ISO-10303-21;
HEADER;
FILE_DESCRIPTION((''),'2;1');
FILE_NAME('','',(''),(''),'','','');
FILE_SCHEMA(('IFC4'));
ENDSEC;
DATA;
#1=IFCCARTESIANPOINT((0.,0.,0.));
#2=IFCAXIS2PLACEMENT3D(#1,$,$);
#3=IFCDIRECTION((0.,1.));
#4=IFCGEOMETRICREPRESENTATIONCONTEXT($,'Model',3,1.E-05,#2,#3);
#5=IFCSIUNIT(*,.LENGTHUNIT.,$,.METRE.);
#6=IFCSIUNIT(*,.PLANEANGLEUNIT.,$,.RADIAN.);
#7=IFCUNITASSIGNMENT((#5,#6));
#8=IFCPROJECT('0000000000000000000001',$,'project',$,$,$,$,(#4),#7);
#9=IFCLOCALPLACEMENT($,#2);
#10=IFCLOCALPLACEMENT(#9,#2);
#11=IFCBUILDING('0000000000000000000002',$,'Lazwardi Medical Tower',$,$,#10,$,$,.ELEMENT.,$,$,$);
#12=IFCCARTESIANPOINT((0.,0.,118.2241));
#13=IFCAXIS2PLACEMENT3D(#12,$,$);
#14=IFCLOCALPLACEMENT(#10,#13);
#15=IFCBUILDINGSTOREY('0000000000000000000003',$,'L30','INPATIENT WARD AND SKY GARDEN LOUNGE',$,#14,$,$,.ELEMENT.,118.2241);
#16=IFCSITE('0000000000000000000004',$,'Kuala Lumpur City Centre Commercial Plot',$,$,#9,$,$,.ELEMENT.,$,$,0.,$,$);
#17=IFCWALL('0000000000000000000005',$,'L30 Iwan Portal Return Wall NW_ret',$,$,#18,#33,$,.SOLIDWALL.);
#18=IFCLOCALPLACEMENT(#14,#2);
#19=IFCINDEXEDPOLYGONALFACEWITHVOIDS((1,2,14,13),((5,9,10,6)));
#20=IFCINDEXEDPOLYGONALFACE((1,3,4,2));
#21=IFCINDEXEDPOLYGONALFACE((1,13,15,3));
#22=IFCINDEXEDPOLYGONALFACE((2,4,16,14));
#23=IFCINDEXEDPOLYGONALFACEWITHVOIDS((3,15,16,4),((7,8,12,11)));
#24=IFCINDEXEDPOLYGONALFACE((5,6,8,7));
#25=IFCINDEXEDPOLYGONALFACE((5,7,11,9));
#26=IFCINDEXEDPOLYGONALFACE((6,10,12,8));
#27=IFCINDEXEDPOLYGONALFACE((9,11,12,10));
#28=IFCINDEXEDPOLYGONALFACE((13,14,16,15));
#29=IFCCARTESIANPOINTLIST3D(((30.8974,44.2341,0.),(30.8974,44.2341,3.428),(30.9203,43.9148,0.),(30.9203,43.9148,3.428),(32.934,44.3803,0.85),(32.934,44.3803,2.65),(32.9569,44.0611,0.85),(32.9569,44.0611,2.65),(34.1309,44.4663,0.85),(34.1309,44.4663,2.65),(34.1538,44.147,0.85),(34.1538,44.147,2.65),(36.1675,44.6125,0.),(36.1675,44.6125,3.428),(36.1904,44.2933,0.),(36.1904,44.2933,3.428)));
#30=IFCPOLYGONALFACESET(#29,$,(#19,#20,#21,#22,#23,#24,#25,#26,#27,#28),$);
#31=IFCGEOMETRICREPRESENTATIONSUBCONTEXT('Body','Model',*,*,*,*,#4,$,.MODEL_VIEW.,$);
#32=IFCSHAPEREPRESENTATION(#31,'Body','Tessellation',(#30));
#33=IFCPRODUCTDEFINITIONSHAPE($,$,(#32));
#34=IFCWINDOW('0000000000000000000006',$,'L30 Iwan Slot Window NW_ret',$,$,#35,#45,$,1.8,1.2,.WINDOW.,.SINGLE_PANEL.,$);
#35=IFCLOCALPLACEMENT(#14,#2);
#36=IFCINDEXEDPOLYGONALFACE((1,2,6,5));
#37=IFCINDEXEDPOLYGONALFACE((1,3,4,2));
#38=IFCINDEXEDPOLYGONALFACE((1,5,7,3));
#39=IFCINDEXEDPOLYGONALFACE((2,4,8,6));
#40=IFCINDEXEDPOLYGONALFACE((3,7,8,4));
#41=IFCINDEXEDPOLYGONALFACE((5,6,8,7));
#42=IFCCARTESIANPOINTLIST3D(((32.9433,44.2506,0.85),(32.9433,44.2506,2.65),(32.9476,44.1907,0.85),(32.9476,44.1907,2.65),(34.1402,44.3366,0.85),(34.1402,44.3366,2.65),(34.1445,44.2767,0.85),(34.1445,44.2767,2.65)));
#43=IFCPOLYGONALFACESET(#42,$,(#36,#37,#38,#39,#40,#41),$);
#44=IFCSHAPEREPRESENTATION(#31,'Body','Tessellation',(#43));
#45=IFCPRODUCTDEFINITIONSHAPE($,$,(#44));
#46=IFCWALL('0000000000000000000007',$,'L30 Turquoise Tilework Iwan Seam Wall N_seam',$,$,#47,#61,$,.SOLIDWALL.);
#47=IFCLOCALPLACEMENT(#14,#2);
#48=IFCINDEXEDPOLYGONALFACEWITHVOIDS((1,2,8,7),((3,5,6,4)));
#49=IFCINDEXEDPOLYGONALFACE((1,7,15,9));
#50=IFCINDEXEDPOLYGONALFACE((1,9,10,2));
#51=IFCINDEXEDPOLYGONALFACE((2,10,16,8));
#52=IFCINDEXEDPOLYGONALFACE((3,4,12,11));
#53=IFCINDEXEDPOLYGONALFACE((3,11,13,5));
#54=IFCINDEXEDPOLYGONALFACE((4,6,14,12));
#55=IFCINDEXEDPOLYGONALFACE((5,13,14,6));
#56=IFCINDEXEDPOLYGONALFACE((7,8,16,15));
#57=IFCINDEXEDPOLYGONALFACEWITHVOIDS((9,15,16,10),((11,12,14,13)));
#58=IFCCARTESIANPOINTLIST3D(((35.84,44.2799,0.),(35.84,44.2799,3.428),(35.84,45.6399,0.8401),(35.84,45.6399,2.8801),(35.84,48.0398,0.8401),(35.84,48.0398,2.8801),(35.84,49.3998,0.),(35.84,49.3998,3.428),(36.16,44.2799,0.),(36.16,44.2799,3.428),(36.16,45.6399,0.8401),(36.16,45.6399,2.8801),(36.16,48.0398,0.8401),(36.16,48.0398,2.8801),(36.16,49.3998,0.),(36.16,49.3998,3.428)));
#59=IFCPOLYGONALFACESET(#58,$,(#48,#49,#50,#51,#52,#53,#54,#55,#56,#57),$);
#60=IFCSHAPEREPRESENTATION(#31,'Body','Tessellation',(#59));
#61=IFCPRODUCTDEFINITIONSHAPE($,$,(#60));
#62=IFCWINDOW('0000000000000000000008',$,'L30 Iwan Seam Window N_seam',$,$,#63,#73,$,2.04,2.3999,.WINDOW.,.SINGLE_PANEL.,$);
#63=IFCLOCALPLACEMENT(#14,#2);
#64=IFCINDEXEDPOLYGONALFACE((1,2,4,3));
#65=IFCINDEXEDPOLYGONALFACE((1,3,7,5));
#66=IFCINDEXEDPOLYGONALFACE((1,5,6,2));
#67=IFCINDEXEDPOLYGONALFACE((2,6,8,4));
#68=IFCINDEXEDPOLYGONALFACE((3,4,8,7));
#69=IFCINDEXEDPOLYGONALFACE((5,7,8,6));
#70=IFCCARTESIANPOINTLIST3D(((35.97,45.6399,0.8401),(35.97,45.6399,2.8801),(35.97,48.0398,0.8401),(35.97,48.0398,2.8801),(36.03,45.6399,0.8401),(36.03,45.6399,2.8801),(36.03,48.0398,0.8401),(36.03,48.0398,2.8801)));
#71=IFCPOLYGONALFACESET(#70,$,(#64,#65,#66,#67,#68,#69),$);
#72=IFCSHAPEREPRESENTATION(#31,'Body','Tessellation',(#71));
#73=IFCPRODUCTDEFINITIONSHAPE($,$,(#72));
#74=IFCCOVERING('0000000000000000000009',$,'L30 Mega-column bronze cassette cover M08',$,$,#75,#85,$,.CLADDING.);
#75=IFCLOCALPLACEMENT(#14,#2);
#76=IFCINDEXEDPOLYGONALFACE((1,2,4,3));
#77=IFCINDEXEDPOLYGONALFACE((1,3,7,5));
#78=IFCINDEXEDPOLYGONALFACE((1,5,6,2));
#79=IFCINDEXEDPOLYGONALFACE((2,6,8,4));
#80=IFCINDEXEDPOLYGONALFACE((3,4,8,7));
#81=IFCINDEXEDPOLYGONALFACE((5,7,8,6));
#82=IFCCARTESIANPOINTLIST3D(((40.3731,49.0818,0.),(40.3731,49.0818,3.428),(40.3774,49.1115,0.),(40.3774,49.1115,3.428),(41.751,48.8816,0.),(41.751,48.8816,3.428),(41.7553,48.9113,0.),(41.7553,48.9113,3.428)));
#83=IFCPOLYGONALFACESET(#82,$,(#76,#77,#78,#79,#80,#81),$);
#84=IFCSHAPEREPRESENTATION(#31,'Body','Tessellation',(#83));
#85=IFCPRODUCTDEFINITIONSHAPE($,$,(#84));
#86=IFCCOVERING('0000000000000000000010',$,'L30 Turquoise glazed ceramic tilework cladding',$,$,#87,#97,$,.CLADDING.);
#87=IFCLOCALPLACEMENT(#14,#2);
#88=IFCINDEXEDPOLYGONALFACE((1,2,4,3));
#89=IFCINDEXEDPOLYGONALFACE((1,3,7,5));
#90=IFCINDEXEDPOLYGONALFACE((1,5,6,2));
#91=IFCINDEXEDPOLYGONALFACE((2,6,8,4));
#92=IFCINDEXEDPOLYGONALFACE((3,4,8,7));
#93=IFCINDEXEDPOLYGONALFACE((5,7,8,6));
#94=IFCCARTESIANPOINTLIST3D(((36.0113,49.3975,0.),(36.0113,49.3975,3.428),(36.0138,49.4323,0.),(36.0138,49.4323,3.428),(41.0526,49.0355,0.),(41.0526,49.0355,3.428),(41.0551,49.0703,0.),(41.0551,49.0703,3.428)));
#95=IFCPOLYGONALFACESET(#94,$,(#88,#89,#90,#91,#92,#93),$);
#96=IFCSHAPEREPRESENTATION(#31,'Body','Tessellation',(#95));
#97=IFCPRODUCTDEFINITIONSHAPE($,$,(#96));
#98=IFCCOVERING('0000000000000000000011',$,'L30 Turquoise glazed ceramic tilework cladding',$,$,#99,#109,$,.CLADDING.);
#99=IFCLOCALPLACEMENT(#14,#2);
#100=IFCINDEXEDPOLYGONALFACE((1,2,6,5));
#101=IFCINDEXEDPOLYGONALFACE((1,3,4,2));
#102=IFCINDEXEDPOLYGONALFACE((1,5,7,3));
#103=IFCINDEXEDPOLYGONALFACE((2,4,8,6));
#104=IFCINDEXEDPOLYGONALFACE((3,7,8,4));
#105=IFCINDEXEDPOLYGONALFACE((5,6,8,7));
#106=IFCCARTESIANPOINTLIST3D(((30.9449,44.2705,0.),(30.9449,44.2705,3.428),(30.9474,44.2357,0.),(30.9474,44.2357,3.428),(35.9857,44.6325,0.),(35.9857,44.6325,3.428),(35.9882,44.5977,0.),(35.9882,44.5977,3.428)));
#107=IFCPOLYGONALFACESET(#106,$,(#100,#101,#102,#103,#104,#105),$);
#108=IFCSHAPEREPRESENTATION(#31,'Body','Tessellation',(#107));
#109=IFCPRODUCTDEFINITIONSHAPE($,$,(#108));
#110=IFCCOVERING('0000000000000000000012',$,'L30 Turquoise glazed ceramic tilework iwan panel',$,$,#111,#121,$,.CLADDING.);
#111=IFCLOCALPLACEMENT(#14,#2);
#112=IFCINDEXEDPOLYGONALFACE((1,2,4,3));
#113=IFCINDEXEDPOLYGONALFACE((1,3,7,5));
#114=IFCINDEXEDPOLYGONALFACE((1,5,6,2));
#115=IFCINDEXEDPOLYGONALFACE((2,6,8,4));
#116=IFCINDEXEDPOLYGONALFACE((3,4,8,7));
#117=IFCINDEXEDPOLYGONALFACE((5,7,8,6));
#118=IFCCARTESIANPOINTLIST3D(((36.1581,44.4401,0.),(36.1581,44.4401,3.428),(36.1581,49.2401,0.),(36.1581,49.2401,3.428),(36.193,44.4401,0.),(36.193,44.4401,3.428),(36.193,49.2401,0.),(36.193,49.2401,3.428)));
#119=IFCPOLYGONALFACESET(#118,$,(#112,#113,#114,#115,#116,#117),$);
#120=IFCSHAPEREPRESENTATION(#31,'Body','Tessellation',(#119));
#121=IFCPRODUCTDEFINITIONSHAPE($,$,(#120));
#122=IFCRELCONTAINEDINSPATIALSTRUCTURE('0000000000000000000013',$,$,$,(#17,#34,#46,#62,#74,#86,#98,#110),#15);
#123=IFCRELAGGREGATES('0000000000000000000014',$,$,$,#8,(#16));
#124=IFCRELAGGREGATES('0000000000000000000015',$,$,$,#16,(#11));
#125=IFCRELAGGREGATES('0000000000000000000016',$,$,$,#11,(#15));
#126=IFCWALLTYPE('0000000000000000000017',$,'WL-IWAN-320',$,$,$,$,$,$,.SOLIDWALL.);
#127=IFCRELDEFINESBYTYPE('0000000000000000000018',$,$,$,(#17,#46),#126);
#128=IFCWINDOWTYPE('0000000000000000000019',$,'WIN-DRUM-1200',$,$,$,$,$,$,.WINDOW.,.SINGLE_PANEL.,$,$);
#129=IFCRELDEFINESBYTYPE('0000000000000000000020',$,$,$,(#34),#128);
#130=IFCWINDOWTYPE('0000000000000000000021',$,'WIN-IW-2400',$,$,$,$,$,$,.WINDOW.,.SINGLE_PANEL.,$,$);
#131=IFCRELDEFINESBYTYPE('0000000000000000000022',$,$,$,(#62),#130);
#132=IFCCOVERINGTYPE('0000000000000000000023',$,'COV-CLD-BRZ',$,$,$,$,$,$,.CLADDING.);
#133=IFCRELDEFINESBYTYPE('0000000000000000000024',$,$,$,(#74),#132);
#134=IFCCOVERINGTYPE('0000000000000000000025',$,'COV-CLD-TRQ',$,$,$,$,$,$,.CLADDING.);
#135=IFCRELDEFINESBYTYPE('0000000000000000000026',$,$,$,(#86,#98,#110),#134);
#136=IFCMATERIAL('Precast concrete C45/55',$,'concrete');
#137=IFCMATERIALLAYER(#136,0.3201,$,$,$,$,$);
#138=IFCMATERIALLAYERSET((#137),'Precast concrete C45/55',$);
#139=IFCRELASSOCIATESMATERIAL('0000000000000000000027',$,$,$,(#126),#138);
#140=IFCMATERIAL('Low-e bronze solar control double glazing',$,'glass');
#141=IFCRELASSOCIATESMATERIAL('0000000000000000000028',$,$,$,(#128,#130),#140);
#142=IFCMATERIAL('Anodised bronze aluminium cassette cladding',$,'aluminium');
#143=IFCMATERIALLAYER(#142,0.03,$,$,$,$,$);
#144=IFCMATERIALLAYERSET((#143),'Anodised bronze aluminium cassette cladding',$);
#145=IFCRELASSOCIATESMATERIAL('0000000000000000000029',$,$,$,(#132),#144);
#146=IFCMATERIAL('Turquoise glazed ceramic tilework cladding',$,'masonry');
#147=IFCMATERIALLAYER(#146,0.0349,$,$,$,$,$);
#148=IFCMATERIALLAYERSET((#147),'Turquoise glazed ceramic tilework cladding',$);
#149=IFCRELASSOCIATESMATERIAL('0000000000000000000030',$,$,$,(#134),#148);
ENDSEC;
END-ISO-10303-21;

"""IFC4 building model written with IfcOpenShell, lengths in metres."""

from ifc_helpers import new_model, si_unit, direction, frame, frame_2d, origin, origin_2d, place, context, subcontext, project, spatial, rectangle, extrude, material, layer, layer_set, type_object, element, fill, save


model = new_model("IFC4")

# Units and contexts
model_context = context("Model", 3, precision=1e-05, world=origin(), true_north=direction((0.0, 1.0)))
body_context = subcontext(model_context, "Body", "Model", "MODEL_VIEW")
ifc_project = project(units=[si_unit("LENGTHUNIT", "METRE"), si_unit("PLANEANGLEUNIT", "RADIAN")], contexts=[model_context])

# Site, building, storey
site_placement = place(None, origin())
site = spatial("IfcSite", under=ifc_project, at=site_placement, Name="Kuala Lumpur City Centre Commercial Plot", CompositionType="ELEMENT", RefElevation=0.0)
building_placement = place(site_placement, origin())
building = spatial("IfcBuilding", under=site, at=building_placement, Name="Lazwardi Medical Tower", CompositionType="ELEMENT")
storey_placement = place(building_placement, frame((0.0, 0.0, 118.2241)))
storey = spatial("IfcBuildingStorey", under=building, at=storey_placement, Name="L30", Description="INPATIENT WARD AND SKY GARDEN LOUNGE", CompositionType="ELEMENT", Elevation=118.2241)

# Shared definitions
ifc_material_1 = material(Name="Low-e bronze solar control double glazing", Category="glass")

# Walls, openings, windows
ifc_material_2 = material(Name="Precast concrete C45/55", Category="concrete")
ifc_layer_1 = layer(ifc_material_2, 0.3201)
ifc_layer_set_1 = layer_set([ifc_layer_1], Name="Precast concrete C45/55")
wall_type_1 = type_object("IfcWallType", Name="WL-IWAN-320", PredefinedType="SOLIDWALL", material=ifc_layer_set_1)
wall_1_placement = place(storey_placement, frame((36.179, 44.4529, 0.0), z_axis=(0.0, 0.0, 1.0), x_axis=(-0.997432, -0.071621, 0.0)))
wall_1 = element("IfcWall", 1, at=wall_1_placement, inside=storey, type_object=wall_type_1, Name="L30 Iwan Portal Return Wall NW_ret", PredefinedType="SOLIDWALL", context=body_context, shape_type="SweptSolid", body=[
    extrude(rectangle(XDim=5.2837, YDim=0.3201, at=frame_2d((2.6418, 0.0))), origin(), (0.0, 0.0, 1.0), 3.428),
])
opening_1_placement = place(wall_1_placement, frame((2.0417, 0.0, 0.8501)))
opening_1 = element("IfcOpeningElement", 2, at=opening_1_placement, cuts=wall_1, PredefinedType="OPENING", context=body_context, shape_type="SweptSolid", body=[
    extrude(rectangle(XDim=1.2, YDim=1.8, at=frame_2d((0.6001, 0.8999))), frame((0.0, 0.1699, 0.0), z_axis=(0.0, -1.0, 0.0), x_axis=(1.0, 0.0, 0.0)), (0.0, 0.0, 1.0), 0.3401),
])
window_type_1 = type_object("IfcWindowType", Name="WIN-DRUM-1200", PartitioningType="SINGLE_PANEL", PredefinedType="WINDOW", material=ifc_material_1)
window_1_placement = place(opening_1_placement, origin())
window_1 = element("IfcWindow", 3, at=window_1_placement, inside=storey, type_object=window_type_1, Name="L30 Iwan Slot Window NW_ret", OverallHeight=1.8, OverallWidth=1.2, PartitioningType="SINGLE_PANEL", PredefinedType="WINDOW", context=body_context, shape_type="SweptSolid", body=[
    extrude(rectangle(XDim=1.2, YDim=1.8, at=frame_2d((0.6001, 0.8999))), frame((0.0, 0.03, 0.0), z_axis=(0.0, -1.0, 0.0), x_axis=(1.0, 0.0, 0.0)), (0.0, 0.0, 1.0), 0.0601),
])
fill(opening_1, window_1)
wall_2_placement = place(storey_placement, frame((36.0, 49.3999, 0.0), z_axis=(0.0, 0.0, 1.0), x_axis=(0.0, -1.0, 0.0)))
wall_2 = element("IfcWall", 4, at=wall_2_placement, inside=storey, type_object=wall_type_1, Name="L30 Turquoise Tilework Iwan Seam Wall N_seam", PredefinedType="SOLIDWALL", context=body_context, shape_type="SweptSolid", body=[
    extrude(rectangle(XDim=5.1199, YDim=0.3201, at=frame_2d((2.5601, 0.0))), origin(), (0.0, 0.0, 1.0), 3.428),
])
opening_2_placement = place(wall_2_placement, frame((1.3601, 0.0, 0.8401)))
opening_2 = element("IfcOpeningElement", 5, at=opening_2_placement, cuts=wall_2, PredefinedType="OPENING", context=body_context, shape_type="SweptSolid", body=[
    extrude(rectangle(XDim=2.3999, YDim=2.04, at=frame_2d((1.2, 1.02))), frame((0.0, 0.1699, 0.0), z_axis=(0.0, -1.0, 0.0), x_axis=(1.0, 0.0, 0.0)), (0.0, 0.0, 1.0), 0.3401),
])
window_type_2 = type_object("IfcWindowType", Name="WIN-IW-2400", PartitioningType="SINGLE_PANEL", PredefinedType="WINDOW", material=ifc_material_1)
window_2_placement = place(opening_2_placement, origin())
window_2 = element("IfcWindow", 6, at=window_2_placement, inside=storey, type_object=window_type_2, Name="L30 Iwan Seam Window N_seam", OverallHeight=2.04, OverallWidth=2.3999, PartitioningType="SINGLE_PANEL", PredefinedType="WINDOW", context=body_context, shape_type="SweptSolid", body=[
    extrude(rectangle(XDim=2.3999, YDim=2.04, at=frame_2d((1.2, 1.02))), frame((0.0, 0.03, 0.0), z_axis=(0.0, -1.0, 0.0), x_axis=(1.0, 0.0, 0.0)), (0.0, 0.0, 1.0), 0.0601),
])
fill(opening_2, window_2)

# Coverings
ifc_material_3 = material(Name="Anodised bronze aluminium cassette cladding", Category="aluminium")
ifc_layer_2 = layer(ifc_material_3, 0.03)
ifc_layer_set_2 = layer_set([ifc_layer_2], Name="Anodised bronze aluminium cassette cladding")
covering_type_1 = type_object("IfcCoveringType", Name="COV-CLD-BRZ", PredefinedType="CLADDING", material=ifc_layer_set_2)
covering_1_placement = place(storey_placement, frame((41.0642, 48.9966, 0.0), z_axis=(0.0, 0.0, 1.0), x_axis=(-0.989609, 0.143785, 0.0)))
element("IfcCovering", 7, at=covering_1_placement, inside=storey, type_object=covering_type_1, Name="L30 Mega-column bronze cassette cover M08", PredefinedType="CLADDING", context=body_context, shape_type="SweptSolid", body=[
    extrude(rectangle(XDim=1.3923, YDim=0.03, at=origin_2d()), origin(), (0.0, 0.0, 1.0), 3.428),
])
ifc_material_4 = material(Name="Turquoise glazed ceramic tilework cladding", Category="masonry")
ifc_layer_3 = layer(ifc_material_4, 0.0349)
ifc_layer_set_3 = layer_set([ifc_layer_3], Name="Turquoise glazed ceramic tilework cladding")
covering_type_2 = type_object("IfcCoveringType", Name="COV-CLD-TRQ", PredefinedType="CLADDING", material=ifc_layer_set_3)
covering_2_placement = place(storey_placement, frame((38.5332, 49.2339, 0.0), z_axis=(0.0, 0.0, 1.0), x_axis=(-0.997432, 0.071625, 0.0)))
element("IfcCovering", 8, at=covering_2_placement, inside=storey, type_object=covering_type_2, Name="L30 Turquoise glazed ceramic tilework cladding", PredefinedType="CLADDING", context=body_context, shape_type="SweptSolid", body=[
    extrude(rectangle(XDim=5.0542, YDim=0.0349, at=origin_2d()), origin(), (0.0, 0.0, 1.0), 3.428),
])
covering_3_placement = place(storey_placement, frame((33.4666, 44.4341, 0.0), z_axis=(0.0, 0.0, 1.0), x_axis=(-0.997431, -0.071631, 0.0)))
element("IfcCovering", 9, at=covering_3_placement, inside=storey, type_object=covering_type_2, Name="L30 Turquoise glazed ceramic tilework cladding", PredefinedType="CLADDING", context=body_context, shape_type="SweptSolid", body=[
    extrude(rectangle(XDim=5.0537, YDim=0.0349, at=origin_2d()), origin(), (0.0, 0.0, 1.0), 3.428),
])
covering_4_placement = place(storey_placement, frame((36.1755, 46.8401, 0.0), z_axis=(0.0, 0.0, 1.0), x_axis=(0.0, -1.0, 0.0)))
element("IfcCovering", 10, at=covering_4_placement, inside=storey, type_object=covering_type_2, Name="L30 Turquoise glazed ceramic tilework iwan panel", PredefinedType="CLADDING", context=body_context, shape_type="SweptSolid", body=[
    extrude(rectangle(XDim=4.8, YDim=0.0349, at=origin_2d()), origin(), (0.0, 0.0, 1.0), 3.428),
])

save(model, "model.ifc")
